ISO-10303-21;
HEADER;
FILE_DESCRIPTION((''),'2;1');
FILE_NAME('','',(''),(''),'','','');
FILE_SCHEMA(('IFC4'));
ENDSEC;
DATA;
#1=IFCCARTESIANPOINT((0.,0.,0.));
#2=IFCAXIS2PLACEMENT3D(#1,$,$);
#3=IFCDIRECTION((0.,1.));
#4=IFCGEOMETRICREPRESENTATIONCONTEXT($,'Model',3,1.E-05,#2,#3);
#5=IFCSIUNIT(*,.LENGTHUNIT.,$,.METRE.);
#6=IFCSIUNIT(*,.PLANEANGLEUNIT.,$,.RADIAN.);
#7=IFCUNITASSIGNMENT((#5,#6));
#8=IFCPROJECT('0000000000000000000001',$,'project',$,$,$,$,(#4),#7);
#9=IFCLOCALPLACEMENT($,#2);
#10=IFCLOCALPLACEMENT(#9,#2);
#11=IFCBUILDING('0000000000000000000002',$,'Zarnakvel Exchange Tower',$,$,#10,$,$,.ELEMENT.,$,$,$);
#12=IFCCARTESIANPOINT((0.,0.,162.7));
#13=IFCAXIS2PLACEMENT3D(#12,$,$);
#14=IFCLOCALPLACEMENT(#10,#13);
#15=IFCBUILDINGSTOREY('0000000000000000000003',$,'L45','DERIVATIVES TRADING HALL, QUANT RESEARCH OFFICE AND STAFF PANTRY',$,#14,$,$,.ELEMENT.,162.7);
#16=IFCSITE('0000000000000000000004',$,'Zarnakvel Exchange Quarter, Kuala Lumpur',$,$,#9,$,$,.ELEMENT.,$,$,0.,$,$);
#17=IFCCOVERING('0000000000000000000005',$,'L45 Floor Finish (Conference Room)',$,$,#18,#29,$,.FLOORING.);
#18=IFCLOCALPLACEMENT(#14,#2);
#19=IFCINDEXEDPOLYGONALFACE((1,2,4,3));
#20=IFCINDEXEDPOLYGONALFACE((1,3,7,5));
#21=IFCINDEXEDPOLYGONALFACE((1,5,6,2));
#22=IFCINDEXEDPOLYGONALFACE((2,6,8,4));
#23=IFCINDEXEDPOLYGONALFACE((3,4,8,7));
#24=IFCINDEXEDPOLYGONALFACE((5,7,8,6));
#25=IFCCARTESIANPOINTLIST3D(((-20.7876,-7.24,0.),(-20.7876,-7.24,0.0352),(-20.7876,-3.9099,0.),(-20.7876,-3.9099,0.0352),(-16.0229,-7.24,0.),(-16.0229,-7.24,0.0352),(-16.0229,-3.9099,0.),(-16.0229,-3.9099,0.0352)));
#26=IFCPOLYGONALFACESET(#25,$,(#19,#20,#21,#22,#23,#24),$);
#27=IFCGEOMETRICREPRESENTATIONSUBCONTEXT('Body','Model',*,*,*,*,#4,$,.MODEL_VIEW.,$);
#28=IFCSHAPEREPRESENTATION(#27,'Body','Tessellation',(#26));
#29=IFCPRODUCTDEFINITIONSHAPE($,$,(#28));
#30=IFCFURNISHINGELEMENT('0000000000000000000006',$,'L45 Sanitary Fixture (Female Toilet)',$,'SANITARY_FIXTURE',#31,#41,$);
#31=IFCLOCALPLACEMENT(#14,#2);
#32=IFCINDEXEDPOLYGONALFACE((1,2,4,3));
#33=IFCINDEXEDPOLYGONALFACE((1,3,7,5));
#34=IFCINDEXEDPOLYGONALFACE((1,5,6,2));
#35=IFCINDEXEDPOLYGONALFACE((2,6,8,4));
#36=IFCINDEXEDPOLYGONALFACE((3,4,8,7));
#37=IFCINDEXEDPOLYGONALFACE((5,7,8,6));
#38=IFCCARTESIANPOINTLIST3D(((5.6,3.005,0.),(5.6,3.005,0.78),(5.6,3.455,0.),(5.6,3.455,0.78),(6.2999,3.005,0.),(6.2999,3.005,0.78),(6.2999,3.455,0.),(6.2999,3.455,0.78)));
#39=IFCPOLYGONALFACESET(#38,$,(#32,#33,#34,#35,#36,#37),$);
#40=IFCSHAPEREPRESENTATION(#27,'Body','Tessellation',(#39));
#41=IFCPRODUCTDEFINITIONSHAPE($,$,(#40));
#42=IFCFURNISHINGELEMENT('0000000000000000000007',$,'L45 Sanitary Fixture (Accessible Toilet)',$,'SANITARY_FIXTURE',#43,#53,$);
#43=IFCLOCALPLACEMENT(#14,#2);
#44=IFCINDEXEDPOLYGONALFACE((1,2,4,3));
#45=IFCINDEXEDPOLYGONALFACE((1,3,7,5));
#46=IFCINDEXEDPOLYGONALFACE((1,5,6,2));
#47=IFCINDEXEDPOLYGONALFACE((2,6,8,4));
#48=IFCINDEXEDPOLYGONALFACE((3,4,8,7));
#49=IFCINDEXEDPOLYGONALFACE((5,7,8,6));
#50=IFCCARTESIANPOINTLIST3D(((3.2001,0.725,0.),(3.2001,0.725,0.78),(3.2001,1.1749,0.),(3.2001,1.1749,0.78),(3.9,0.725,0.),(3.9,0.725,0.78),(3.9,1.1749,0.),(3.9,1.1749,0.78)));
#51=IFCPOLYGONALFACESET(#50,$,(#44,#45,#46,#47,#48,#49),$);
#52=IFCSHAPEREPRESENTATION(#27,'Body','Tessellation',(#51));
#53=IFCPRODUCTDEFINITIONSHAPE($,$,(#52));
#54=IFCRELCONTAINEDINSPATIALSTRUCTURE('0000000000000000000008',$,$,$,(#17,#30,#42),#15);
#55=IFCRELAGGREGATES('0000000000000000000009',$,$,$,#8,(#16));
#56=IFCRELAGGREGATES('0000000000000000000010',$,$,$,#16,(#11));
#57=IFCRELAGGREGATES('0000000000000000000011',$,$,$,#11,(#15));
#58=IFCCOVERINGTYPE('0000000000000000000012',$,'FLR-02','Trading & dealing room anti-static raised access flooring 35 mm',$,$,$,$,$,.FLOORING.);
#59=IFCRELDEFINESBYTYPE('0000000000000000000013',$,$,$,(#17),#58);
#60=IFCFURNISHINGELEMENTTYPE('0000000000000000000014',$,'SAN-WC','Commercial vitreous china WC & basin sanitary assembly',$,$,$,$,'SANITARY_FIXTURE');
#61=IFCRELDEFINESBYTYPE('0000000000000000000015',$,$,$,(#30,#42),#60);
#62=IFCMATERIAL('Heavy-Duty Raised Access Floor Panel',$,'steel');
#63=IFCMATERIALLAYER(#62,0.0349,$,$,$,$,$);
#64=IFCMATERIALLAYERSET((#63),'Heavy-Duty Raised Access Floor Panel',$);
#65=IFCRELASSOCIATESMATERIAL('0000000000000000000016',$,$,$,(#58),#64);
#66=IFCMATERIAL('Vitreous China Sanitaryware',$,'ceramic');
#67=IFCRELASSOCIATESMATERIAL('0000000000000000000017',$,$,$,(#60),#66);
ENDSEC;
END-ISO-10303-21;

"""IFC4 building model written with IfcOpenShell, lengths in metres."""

from ifc_helpers import new_model, si_unit, direction, frame, origin, origin_2d, place, context, subcontext, project, spatial, polyline, rectangle, outline, extrude, source, transform, mapped, material, layer, layer_set, type_object, element, save


model = new_model("IFC4")

# Units and contexts
model_context = context("Model", 3, precision=1e-05, world=origin(), true_north=direction((0.0, 1.0)))
body_context = subcontext(model_context, "Body", "Model", "MODEL_VIEW")
ifc_project = project(units=[si_unit("LENGTHUNIT", "METRE"), si_unit("PLANEANGLEUNIT", "RADIAN")], contexts=[model_context])

# Site, building, storey
site_placement = place(None, origin())
site = spatial("IfcSite", under=ifc_project, at=site_placement, Name="Zarnakvel Exchange Quarter, Kuala Lumpur", CompositionType="ELEMENT", RefElevation=0.0)
building_placement = place(site_placement, origin())
building = spatial("IfcBuilding", under=site, at=building_placement, Name="Zarnakvel Exchange Tower", CompositionType="ELEMENT")
storey_placement = place(building_placement, frame((0.0, 0.0, 162.7)))
storey = spatial("IfcBuildingStorey", under=building, at=storey_placement, Name="L45", Description="DERIVATIVES TRADING HALL, QUANT RESEARCH OFFICE AND STAFF PANTRY", CompositionType="ELEMENT", Elevation=162.7)

# Covering
ifc_material_1 = material(Name="Heavy-Duty Raised Access Floor Panel", Category="steel")
ifc_layer_1 = layer(ifc_material_1, 0.0349)
ifc_layer_set_1 = layer_set([ifc_layer_1], Name="Heavy-Duty Raised Access Floor Panel")
covering_type_1 = type_object("IfcCoveringType", Name="FLR-02", Description="Trading & dealing room anti-static raised access flooring 35 mm", PredefinedType="FLOORING", material=ifc_layer_set_1)
covering_1_placement = place(storey_placement, origin())
element("IfcCovering", 1, at=covering_1_placement, inside=storey, type_object=covering_type_1, Name="L45 Floor Finish (Conference Room)", PredefinedType="FLOORING", context=body_context, shape_type="SweptSolid", body=[
    extrude(outline(polyline([(-20.7876, -3.9099), (-16.0229, -3.9099), (-16.0229, -7.24), (-20.7876, -7.24), (-20.7876, -3.9099)])), origin(), (0.0, 0.0, 1.0), 0.0352),
])

# Furnishing elements
ifc_material_2 = material(Name="Vitreous China Sanitaryware", Category="ceramic")
furnishing_element_type = type_object("IfcFurnishingElementType", Name="SAN-WC", Description="Commercial vitreous china WC & basin sanitary assembly", ElementType="SANITARY_FIXTURE", material=ifc_material_2)
shared_shape_1 = source(origin(), body_context, "Body", "SweptSolid", [
    extrude(rectangle(XDim=0.7, YDim=0.45, at=origin_2d()), origin(), (0.0, 0.0, 1.0), 0.78),
])
for number, where, z_axis, x_axis, name in (
    (2, (5.95, 3.23, 0.0), (0.0, 0.0, 1.0), (1.0, 0.0, 0.0), "L45 Sanitary Fixture (Female Toilet)"),
    (3, (3.55, 0.95, 0.0), (0.0, 0.0, 1.0), (1.0, 0.0, 0.0), "L45 Sanitary Fixture (Accessible Toilet)"),
):
    element("IfcFurnishingElement", number, at=place(storey_placement, frame(where, z_axis=z_axis, x_axis=x_axis)), inside=storey, type_object=furnishing_element_type, Name=name, ObjectType="SANITARY_FIXTURE", context=body_context, shape_type="MappedRepresentation", body=[
        mapped(shared_shape_1, transform((0.0, 0.0, 0.0), x_axis=(1.0, 0.0, 0.0), y_axis=(0.0, 1.0, 0.0), z_axis=(0.0, 0.0, 1.0), scale=1.0)),
    ])

save(model, "model.ifc")
